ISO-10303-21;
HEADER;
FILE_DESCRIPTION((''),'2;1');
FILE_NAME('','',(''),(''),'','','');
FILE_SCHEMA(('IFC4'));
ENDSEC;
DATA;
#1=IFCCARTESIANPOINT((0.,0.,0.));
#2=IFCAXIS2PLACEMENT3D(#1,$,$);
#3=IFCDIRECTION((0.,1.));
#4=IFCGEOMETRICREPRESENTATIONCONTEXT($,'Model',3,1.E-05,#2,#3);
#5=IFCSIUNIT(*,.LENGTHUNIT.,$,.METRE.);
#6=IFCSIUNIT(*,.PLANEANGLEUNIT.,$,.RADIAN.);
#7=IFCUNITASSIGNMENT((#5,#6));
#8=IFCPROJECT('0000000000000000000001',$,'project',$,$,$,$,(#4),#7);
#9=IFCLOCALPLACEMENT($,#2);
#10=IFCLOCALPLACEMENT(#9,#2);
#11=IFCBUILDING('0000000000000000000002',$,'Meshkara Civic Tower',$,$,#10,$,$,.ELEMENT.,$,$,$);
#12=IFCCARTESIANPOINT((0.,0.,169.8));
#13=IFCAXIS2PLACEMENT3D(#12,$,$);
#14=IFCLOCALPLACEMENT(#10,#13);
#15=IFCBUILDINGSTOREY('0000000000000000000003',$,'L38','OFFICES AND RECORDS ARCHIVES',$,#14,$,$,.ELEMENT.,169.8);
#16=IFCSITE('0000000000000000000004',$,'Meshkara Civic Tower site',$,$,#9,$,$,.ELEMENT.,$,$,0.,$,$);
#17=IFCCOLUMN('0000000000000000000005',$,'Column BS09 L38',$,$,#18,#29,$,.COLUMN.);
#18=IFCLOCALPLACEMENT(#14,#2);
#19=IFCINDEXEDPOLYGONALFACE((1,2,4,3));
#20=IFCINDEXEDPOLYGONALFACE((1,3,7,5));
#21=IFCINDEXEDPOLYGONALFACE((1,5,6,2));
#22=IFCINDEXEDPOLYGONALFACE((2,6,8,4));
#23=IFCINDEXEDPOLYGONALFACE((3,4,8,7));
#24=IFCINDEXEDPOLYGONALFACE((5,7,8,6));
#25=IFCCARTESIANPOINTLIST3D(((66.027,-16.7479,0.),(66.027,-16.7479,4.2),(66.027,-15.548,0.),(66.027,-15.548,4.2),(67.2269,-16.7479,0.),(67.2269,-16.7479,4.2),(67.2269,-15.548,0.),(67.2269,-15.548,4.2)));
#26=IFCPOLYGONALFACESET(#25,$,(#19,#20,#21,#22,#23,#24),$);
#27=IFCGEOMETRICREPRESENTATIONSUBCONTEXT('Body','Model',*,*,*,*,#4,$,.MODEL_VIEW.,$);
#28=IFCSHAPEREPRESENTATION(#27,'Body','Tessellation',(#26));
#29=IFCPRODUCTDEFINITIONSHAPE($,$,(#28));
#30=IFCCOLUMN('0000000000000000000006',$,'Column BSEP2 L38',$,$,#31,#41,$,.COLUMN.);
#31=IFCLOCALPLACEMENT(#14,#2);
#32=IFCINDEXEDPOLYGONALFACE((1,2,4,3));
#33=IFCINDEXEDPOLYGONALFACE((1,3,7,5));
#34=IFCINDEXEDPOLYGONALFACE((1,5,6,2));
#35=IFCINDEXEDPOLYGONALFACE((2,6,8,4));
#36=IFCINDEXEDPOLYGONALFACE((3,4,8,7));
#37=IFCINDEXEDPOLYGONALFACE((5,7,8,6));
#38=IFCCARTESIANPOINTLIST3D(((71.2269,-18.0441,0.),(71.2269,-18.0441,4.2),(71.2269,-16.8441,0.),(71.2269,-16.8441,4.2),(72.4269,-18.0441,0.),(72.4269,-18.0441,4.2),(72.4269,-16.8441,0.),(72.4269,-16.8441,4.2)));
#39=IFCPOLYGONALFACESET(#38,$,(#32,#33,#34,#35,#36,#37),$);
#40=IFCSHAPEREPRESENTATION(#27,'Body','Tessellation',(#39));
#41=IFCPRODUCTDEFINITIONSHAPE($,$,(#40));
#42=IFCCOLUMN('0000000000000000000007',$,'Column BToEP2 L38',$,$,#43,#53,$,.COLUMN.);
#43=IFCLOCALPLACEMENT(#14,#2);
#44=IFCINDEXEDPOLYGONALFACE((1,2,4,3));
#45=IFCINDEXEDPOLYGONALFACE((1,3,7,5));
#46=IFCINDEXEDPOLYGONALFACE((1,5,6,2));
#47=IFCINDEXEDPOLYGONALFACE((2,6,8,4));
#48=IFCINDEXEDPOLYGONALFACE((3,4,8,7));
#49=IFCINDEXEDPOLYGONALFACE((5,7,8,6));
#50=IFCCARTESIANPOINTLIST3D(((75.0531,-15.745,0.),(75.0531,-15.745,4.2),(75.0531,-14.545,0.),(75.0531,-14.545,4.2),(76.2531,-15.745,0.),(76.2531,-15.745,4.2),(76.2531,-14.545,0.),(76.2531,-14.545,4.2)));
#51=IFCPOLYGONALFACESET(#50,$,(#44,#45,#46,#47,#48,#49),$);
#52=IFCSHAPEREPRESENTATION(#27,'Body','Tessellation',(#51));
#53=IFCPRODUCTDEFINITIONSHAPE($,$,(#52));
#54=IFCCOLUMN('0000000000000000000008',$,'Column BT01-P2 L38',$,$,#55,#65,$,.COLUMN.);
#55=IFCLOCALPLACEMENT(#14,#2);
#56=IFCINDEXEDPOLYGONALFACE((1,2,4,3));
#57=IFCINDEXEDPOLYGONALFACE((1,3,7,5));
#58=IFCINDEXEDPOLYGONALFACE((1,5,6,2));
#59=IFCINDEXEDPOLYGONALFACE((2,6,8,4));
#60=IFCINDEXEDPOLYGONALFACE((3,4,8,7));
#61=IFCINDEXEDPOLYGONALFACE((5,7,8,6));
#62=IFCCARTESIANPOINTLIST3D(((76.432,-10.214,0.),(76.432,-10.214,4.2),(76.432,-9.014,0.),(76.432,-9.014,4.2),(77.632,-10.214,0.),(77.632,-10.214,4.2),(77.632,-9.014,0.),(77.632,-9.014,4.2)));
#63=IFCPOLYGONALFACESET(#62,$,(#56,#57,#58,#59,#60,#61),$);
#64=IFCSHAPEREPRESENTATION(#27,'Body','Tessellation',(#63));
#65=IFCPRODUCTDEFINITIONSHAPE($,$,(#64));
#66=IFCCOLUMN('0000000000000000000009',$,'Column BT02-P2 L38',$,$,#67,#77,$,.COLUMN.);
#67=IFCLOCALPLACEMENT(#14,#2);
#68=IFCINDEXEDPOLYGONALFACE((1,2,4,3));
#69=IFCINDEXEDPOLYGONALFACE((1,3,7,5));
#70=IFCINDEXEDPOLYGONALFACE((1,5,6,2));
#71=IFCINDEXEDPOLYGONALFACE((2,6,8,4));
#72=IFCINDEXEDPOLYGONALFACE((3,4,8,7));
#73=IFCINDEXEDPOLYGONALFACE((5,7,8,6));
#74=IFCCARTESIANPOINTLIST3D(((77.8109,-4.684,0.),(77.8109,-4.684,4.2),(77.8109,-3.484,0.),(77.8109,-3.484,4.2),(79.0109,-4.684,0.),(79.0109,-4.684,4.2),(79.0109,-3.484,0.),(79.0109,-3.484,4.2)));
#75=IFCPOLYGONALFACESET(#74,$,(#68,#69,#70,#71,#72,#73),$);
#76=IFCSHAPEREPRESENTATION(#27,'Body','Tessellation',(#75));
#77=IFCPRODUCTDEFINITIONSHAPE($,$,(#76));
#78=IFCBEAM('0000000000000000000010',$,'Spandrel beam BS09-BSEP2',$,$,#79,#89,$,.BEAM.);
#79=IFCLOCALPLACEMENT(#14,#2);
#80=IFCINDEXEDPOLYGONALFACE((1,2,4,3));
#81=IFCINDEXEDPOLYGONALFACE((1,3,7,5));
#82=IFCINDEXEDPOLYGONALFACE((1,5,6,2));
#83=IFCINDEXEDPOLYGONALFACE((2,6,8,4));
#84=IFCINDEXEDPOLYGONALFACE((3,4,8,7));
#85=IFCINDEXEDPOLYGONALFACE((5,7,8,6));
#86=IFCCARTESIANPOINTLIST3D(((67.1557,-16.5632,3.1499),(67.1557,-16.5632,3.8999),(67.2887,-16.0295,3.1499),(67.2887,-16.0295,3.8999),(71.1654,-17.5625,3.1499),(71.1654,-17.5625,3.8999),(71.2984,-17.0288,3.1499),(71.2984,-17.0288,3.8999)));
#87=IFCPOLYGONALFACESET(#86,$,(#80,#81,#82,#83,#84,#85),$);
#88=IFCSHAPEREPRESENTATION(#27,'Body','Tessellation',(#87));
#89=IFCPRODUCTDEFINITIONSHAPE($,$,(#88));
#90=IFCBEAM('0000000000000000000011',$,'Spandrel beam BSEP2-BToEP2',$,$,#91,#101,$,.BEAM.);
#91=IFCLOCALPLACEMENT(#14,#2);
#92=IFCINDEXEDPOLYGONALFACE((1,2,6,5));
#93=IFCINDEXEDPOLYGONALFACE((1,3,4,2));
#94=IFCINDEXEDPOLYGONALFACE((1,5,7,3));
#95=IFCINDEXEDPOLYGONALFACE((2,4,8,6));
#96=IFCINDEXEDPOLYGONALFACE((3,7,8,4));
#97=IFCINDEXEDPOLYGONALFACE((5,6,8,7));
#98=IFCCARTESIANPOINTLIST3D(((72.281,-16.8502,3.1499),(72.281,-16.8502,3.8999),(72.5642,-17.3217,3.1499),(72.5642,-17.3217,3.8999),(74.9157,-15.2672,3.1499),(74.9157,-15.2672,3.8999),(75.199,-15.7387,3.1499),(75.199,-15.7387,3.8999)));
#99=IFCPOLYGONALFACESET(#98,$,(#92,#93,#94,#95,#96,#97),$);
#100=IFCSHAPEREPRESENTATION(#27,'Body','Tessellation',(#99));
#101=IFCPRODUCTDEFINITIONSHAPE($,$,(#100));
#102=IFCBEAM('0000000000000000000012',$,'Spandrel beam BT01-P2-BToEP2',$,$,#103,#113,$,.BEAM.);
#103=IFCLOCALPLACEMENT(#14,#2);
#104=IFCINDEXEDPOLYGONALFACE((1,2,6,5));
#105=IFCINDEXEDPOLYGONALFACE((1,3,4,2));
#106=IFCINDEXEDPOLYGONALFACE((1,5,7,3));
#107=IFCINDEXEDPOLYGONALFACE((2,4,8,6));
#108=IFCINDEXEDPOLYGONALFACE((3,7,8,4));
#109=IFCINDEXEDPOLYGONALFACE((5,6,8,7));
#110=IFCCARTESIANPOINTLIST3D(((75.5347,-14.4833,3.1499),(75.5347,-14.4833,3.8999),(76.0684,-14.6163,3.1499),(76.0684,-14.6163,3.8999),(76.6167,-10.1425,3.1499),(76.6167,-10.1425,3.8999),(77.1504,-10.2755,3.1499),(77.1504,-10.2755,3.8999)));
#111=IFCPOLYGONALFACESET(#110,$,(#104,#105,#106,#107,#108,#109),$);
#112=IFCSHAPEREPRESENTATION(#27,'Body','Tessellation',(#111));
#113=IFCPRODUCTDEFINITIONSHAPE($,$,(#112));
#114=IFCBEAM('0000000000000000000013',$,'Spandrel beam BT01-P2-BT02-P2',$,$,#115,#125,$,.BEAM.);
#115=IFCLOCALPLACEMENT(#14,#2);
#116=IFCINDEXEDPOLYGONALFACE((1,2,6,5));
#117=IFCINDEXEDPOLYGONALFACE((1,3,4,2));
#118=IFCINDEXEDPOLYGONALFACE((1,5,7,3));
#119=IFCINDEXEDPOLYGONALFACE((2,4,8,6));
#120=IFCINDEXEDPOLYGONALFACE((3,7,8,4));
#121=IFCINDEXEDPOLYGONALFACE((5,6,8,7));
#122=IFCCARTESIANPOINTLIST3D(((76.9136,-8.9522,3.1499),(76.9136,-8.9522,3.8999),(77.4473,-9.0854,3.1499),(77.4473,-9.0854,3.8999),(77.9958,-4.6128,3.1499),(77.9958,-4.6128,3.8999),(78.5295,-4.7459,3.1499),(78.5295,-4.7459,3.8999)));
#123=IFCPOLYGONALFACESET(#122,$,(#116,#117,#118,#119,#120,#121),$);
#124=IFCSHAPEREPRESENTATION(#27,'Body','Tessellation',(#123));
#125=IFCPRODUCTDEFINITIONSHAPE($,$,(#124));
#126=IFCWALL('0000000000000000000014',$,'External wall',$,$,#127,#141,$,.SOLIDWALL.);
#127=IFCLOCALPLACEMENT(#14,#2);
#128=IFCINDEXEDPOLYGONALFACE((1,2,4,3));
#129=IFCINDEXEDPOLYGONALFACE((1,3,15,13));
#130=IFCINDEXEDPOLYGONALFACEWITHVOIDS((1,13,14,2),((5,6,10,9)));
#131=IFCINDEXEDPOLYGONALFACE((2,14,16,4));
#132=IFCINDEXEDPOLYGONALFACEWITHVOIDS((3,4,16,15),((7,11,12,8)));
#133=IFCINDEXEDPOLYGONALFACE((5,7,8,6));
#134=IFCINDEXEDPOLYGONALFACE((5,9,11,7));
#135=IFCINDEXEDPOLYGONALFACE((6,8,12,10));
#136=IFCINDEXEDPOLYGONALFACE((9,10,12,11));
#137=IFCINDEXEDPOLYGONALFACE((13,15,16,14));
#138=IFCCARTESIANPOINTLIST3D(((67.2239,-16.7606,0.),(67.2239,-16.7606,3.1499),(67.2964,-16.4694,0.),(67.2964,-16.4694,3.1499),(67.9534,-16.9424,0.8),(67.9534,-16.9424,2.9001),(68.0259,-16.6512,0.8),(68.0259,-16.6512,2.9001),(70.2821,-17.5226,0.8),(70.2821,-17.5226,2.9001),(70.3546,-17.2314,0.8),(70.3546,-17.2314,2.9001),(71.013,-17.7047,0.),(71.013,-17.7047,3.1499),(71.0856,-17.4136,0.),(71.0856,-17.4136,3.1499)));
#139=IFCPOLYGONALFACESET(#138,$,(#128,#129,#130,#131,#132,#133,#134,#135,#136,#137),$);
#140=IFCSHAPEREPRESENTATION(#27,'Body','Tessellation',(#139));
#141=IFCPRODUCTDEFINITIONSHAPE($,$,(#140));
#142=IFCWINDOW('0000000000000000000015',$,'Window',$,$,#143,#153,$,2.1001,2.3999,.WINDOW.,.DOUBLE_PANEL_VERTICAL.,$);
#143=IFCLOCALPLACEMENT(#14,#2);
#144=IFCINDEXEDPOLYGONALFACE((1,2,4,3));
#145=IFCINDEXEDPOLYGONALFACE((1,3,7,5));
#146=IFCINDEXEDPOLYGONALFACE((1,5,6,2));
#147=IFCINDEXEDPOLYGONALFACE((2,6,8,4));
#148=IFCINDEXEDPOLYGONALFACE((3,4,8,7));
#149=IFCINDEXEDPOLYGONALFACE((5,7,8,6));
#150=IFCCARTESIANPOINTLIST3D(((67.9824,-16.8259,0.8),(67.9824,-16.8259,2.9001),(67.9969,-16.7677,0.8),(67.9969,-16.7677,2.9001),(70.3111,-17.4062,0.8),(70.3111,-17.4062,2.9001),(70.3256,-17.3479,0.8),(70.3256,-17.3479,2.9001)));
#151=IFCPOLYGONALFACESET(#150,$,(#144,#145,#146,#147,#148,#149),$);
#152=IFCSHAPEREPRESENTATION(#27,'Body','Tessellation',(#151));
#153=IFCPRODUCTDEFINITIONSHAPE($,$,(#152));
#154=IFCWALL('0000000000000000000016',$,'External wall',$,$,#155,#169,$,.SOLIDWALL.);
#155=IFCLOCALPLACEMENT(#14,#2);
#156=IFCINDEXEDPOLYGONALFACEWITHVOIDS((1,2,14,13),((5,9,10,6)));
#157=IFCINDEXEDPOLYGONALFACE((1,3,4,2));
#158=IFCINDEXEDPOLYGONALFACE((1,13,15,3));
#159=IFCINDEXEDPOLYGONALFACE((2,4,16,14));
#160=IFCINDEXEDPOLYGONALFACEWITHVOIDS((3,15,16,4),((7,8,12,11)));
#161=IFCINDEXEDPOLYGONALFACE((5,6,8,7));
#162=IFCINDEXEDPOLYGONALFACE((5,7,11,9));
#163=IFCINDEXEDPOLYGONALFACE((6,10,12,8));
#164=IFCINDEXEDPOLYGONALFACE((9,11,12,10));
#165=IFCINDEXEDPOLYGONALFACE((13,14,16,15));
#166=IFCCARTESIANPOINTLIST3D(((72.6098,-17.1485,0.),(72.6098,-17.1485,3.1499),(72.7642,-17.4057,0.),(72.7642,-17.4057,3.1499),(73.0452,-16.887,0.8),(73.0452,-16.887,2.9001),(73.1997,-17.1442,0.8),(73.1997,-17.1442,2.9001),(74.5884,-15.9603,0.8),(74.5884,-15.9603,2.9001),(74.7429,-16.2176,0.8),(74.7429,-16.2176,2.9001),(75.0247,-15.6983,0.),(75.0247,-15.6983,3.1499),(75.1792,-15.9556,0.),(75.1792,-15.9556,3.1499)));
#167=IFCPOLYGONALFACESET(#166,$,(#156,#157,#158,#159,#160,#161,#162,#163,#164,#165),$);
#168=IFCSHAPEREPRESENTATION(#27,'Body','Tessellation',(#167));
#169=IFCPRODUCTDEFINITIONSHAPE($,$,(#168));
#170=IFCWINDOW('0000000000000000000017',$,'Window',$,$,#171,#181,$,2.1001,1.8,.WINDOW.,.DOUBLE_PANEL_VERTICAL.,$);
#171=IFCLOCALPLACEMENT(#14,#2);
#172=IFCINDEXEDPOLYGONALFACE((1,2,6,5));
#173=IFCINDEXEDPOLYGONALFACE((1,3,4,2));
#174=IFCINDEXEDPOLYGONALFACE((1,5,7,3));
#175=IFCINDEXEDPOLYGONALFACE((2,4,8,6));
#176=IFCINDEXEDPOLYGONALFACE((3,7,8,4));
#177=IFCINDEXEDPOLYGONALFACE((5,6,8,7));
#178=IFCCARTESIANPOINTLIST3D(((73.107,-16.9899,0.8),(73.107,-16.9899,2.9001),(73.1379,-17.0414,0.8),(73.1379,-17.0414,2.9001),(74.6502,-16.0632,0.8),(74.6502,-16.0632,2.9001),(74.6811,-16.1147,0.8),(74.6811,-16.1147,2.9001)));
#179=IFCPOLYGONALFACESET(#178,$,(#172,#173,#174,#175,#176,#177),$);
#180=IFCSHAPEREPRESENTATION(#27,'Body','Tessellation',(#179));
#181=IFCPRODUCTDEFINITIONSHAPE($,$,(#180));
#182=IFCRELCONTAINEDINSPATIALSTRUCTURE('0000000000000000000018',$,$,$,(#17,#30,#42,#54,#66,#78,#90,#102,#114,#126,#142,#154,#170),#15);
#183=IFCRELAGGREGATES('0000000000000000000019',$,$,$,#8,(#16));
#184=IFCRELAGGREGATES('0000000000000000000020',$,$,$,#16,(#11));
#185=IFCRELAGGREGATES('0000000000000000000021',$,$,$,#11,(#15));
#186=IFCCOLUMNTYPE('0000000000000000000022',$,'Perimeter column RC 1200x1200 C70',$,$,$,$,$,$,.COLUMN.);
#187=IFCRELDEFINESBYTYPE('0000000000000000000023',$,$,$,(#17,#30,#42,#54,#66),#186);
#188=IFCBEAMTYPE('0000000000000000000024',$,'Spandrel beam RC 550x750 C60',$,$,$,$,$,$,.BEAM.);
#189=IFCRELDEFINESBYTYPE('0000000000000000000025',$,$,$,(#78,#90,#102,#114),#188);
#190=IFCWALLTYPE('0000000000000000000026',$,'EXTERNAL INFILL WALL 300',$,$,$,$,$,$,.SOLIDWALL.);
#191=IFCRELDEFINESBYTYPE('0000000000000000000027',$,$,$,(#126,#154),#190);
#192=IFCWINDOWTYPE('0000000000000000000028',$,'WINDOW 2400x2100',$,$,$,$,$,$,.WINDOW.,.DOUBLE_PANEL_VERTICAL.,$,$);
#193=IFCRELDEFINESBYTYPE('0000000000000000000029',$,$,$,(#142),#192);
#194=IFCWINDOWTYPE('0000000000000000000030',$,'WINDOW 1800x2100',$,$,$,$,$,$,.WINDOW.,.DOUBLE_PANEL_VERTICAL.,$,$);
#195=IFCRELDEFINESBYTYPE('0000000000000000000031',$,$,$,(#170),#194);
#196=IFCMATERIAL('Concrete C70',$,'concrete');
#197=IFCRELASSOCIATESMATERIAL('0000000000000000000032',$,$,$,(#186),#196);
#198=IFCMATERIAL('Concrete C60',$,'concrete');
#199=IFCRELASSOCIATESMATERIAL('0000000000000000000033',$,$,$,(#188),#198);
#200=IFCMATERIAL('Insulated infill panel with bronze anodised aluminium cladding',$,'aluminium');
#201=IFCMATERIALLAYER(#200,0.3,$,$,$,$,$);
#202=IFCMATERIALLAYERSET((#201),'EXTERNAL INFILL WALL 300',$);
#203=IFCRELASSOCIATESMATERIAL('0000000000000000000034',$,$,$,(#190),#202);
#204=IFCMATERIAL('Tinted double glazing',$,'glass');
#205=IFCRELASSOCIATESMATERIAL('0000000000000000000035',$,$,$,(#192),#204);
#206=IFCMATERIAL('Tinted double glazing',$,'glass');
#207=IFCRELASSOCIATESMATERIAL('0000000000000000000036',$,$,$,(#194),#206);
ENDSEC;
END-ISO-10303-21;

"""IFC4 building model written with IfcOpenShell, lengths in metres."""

from ifc_helpers import new_model, si_unit, direction, frame, frame_2d, origin, origin_2d, place, context, subcontext, project, spatial, rectangle, extrude, material, layer, layer_set, material_profile, profile_set, type_object, element, fill, save


model = new_model("IFC4")

# Units and contexts
model_context = context("Model", 3, precision=1e-05, world=origin(), true_north=direction((0.0, 1.0)))
body_context = subcontext(model_context, "Body", "Model", "MODEL_VIEW")
ifc_project = project(units=[si_unit("LENGTHUNIT", "METRE"), si_unit("PLANEANGLEUNIT", "RADIAN")], contexts=[model_context])

# Site, building, storey
site_placement = place(None, origin())
site = spatial("IfcSite", under=ifc_project, at=site_placement, Name="Meshkara Civic Tower site", CompositionType="ELEMENT", RefElevation=0.0)
building_placement = place(site_placement, origin())
building = spatial("IfcBuilding", under=site, at=building_placement, Name="Meshkara Civic Tower", CompositionType="ELEMENT")
storey_placement = place(building_placement, frame((0.0, 0.0, 169.8)))
storey = spatial("IfcBuildingStorey", under=building, at=storey_placement, Name="L38", Description="OFFICES AND RECORDS ARCHIVES", CompositionType="ELEMENT", Elevation=169.8)

# Columns
ifc_material_1 = material(Name="Concrete C70", Category="concrete")
ifc_material_profile_1 = material_profile(ifc_material_1, rectangle(XDim=1.2, YDim=1.2, at=origin_2d()))
ifc_profile_set_1 = profile_set([ifc_material_profile_1], Name="Concrete C70")
column_type = type_object("IfcColumnType", Name="Perimeter column RC 1200x1200 C70", PredefinedType="COLUMN", material=ifc_profile_set_1)
for number, where, z_axis, x_axis, name in (
    (1, (66.627, -16.1479, 0.0), (0.0, 0.0, 1.0), (1.0, 0.0, 0.0), "Column BS09 L38"),
    (2, (71.8269, -17.4441, 0.0), (0.0, 0.0, 1.0), (1.0, 0.0, 0.0), "Column BSEP2 L38"),
    (3, (75.6531, -15.145, 0.0), (0.0, 0.0, 1.0), (1.0, 0.0, 0.0), "Column BToEP2 L38"),
    (4, (77.032, -9.614, 0.0), (0.0, 0.0, 1.0), (1.0, 0.0, 0.0), "Column BT01-P2 L38"),
    (5, (78.4109, -4.084, 0.0), (0.0, 0.0, 1.0), (1.0, 0.0, 0.0), "Column BT02-P2 L38"),
):
    element("IfcColumn", number, at=place(storey_placement, frame(where, z_axis=z_axis, x_axis=x_axis)), inside=storey, type_object=column_type, Name=name, PredefinedType="COLUMN", context=body_context, shape_type="SweptSolid", body=[
        extrude(rectangle(XDim=1.2, YDim=1.2, at=origin_2d()), origin(), (0.0, 0.0, 1.0), 4.2),
    ])

# Beams
ifc_material_2 = material(Name="Concrete C60", Category="concrete")
ifc_material_profile_2 = material_profile(ifc_material_2, rectangle(XDim=0.55, YDim=0.75, at=origin_2d()))
ifc_profile_set_2 = profile_set([ifc_material_profile_2], Name="Concrete C60")
beam_type = type_object("IfcBeamType", Name="Spandrel beam RC 550x750 C60", PredefinedType="BEAM", material=ifc_profile_set_2)
beam_1_placement = place(storey_placement, frame((67.2222, -16.2964, 3.5249), z_axis=(0.970323, -0.241813, 0.0), x_axis=(0.241813, 0.970323, 0.0)))
element("IfcBeam", 6, at=beam_1_placement, inside=storey, type_object=beam_type, Name="Spandrel beam BS09-BSEP2", PredefinedType="BEAM", context=body_context, shape_type="SweptSolid", body=[
    extrude(rectangle(XDim=0.55, YDim=0.75, at=origin_2d()), origin(), (0.0, 0.0, 1.0), 4.1323),
])
beam_2_placement = place(storey_placement, frame((72.4226, -17.0859, 3.5249), z_axis=(0.857184, 0.51501, 0.0), x_axis=(-0.51501, 0.857184, 0.0)))
element("IfcBeam", 7, at=beam_2_placement, inside=storey, type_object=beam_type, Name="Spandrel beam BSEP2-BToEP2", PredefinedType="BEAM", context=body_context, shape_type="SweptSolid", body=[
    extrude(rectangle(XDim=0.55, YDim=0.75, at=origin_2d()), origin(), (0.0, 0.0, 1.0), 3.0737),
])
beam_3_placement = place(storey_placement, frame((75.8015, -14.5498, 3.5249), z_axis=(0.241868, 0.970309, 0.0), x_axis=(-0.970309, 0.241868, 0.0)))
element("IfcBeam", 8, at=beam_3_placement, inside=storey, type_object=beam_type, Name="Spandrel beam BT01-P2-BToEP2", PredefinedType="BEAM", context=body_context, shape_type="SweptSolid", body=[
    extrude(rectangle(XDim=0.55, YDim=0.75, at=origin_2d()), origin(), (0.0, 0.0, 1.0), 4.4736),
])
beam_4_placement = place(storey_placement, frame((77.1804, -9.0188, 3.5249), z_axis=(0.241983, 0.97028, 0.0), x_axis=(-0.97028, 0.241983, 0.0)))
element("IfcBeam", 9, at=beam_4_placement, inside=storey, type_object=beam_type, Name="Spandrel beam BT01-P2-BT02-P2", PredefinedType="BEAM", context=body_context, shape_type="SweptSolid", body=[
    extrude(rectangle(XDim=0.55, YDim=0.75, at=origin_2d()), origin(), (0.0, 0.0, 1.0), 4.4724),
])

# Walls, openings, windows
ifc_material_3 = material(Name="Insulated infill panel with bronze anodised aluminium cladding", Category="aluminium")
ifc_layer_1 = layer(ifc_material_3, 0.3)
ifc_layer_set_1 = layer_set([ifc_layer_1], Name="EXTERNAL INFILL WALL 300")
wall_type_1 = type_object("IfcWallType", Name="EXTERNAL INFILL WALL 300", PredefinedType="SOLIDWALL", material=ifc_layer_set_1)
wall_1_placement = place(storey_placement, frame((67.26, -16.615, 0.0), z_axis=(0.0, 0.0, 1.0), x_axis=(0.970333, -0.241771, 0.0)))
wall_1 = element("IfcWall", 10, at=wall_1_placement, inside=storey, type_object=wall_type_1, Name="External wall", PredefinedType="SOLIDWALL", context=body_context, shape_type="SweptSolid", body=[
    extrude(rectangle(XDim=3.905, YDim=0.3, at=frame_2d((1.9526, 0.0))), origin(), (0.0, 0.0, 1.0), 3.1499),
])
opening_1_placement = place(wall_1_placement, frame((0.752, 0.0, 0.8)))
opening_1 = element("IfcOpeningElement", 11, at=opening_1_placement, cuts=wall_1, PredefinedType="OPENING", context=body_context, shape_type="SweptSolid", body=[
    extrude(rectangle(XDim=2.3999, YDim=2.1001, at=frame_2d((1.2, 1.05))), frame((0.0, 0.1599, 0.0), z_axis=(0.0, -1.0, 0.0), x_axis=(1.0, 0.0, 0.0)), (0.0, 0.0, 1.0), 0.3201),
])
ifc_material_4 = material(Name="Tinted double glazing", Category="glass")
window_type_1 = type_object("IfcWindowType", Name="WINDOW 2400x2100", PartitioningType="DOUBLE_PANEL_VERTICAL", PredefinedType="WINDOW", material=ifc_material_4)
window_1_placement = place(opening_1_placement, origin())
window_1 = element("IfcWindow", 12, at=window_1_placement, inside=storey, type_object=window_type_1, Name="Window", OverallHeight=2.1001, OverallWidth=2.3999, PartitioningType="DOUBLE_PANEL_VERTICAL", PredefinedType="WINDOW", context=body_context, shape_type="SweptSolid", body=[
    extrude(rectangle(XDim=2.3999, YDim=2.1001, at=frame_2d((1.2, 1.05))), frame((0.0, 0.03, 0.0), z_axis=(0.0, -1.0, 0.0), x_axis=(1.0, 0.0, 0.0)), (0.0, 0.0, 1.0), 0.0601),
])
fill(opening_1, window_1)
wall_2_placement = place(storey_placement, frame((72.687, -17.2771, 0.0), z_axis=(0.0, 0.0, 1.0), x_axis=(0.857309, 0.514802, 0.0)))
wall_2 = element("IfcWall", 13, at=wall_2_placement, inside=storey, type_object=wall_type_1, Name="External wall", PredefinedType="SOLIDWALL", context=body_context, shape_type="SweptSolid", body=[
    extrude(rectangle(XDim=2.8169, YDim=0.3, at=frame_2d((1.4084, 0.0))), origin(), (0.0, 0.0, 1.0), 3.1499),
])
opening_2_placement = place(wall_2_placement, frame((0.5081, 0.0, 0.8)))
opening_2 = element("IfcOpeningElement", 14, at=opening_2_placement, cuts=wall_2, PredefinedType="OPENING", context=body_context, shape_type="SweptSolid", body=[
    extrude(rectangle(XDim=1.8, YDim=2.1001, at=frame_2d((0.8999, 1.05))), frame((0.0, 0.1599, 0.0), z_axis=(0.0, -1.0, 0.0), x_axis=(1.0, 0.0, 0.0)), (0.0, 0.0, 1.0), 0.3201),
])
ifc_material_5 = material(Name="Tinted double glazing", Category="glass")
window_type_2 = type_object("IfcWindowType", Name="WINDOW 1800x2100", PartitioningType="DOUBLE_PANEL_VERTICAL", PredefinedType="WINDOW", material=ifc_material_5)
window_2_placement = place(opening_2_placement, origin())
window_2 = element("IfcWindow", 15, at=window_2_placement, inside=storey, type_object=window_type_2, Name="Window", OverallHeight=2.1001, OverallWidth=1.8, PartitioningType="DOUBLE_PANEL_VERTICAL", PredefinedType="WINDOW", context=body_context, shape_type="SweptSolid", body=[
    extrude(rectangle(XDim=1.8, YDim=2.1001, at=frame_2d((0.8999, 1.05))), frame((0.0, 0.03, 0.0), z_axis=(0.0, -1.0, 0.0), x_axis=(1.0, 0.0, 0.0)), (0.0, 0.0, 1.0), 0.0601),
])
fill(opening_2, window_2)

save(model, "model.ifc")
